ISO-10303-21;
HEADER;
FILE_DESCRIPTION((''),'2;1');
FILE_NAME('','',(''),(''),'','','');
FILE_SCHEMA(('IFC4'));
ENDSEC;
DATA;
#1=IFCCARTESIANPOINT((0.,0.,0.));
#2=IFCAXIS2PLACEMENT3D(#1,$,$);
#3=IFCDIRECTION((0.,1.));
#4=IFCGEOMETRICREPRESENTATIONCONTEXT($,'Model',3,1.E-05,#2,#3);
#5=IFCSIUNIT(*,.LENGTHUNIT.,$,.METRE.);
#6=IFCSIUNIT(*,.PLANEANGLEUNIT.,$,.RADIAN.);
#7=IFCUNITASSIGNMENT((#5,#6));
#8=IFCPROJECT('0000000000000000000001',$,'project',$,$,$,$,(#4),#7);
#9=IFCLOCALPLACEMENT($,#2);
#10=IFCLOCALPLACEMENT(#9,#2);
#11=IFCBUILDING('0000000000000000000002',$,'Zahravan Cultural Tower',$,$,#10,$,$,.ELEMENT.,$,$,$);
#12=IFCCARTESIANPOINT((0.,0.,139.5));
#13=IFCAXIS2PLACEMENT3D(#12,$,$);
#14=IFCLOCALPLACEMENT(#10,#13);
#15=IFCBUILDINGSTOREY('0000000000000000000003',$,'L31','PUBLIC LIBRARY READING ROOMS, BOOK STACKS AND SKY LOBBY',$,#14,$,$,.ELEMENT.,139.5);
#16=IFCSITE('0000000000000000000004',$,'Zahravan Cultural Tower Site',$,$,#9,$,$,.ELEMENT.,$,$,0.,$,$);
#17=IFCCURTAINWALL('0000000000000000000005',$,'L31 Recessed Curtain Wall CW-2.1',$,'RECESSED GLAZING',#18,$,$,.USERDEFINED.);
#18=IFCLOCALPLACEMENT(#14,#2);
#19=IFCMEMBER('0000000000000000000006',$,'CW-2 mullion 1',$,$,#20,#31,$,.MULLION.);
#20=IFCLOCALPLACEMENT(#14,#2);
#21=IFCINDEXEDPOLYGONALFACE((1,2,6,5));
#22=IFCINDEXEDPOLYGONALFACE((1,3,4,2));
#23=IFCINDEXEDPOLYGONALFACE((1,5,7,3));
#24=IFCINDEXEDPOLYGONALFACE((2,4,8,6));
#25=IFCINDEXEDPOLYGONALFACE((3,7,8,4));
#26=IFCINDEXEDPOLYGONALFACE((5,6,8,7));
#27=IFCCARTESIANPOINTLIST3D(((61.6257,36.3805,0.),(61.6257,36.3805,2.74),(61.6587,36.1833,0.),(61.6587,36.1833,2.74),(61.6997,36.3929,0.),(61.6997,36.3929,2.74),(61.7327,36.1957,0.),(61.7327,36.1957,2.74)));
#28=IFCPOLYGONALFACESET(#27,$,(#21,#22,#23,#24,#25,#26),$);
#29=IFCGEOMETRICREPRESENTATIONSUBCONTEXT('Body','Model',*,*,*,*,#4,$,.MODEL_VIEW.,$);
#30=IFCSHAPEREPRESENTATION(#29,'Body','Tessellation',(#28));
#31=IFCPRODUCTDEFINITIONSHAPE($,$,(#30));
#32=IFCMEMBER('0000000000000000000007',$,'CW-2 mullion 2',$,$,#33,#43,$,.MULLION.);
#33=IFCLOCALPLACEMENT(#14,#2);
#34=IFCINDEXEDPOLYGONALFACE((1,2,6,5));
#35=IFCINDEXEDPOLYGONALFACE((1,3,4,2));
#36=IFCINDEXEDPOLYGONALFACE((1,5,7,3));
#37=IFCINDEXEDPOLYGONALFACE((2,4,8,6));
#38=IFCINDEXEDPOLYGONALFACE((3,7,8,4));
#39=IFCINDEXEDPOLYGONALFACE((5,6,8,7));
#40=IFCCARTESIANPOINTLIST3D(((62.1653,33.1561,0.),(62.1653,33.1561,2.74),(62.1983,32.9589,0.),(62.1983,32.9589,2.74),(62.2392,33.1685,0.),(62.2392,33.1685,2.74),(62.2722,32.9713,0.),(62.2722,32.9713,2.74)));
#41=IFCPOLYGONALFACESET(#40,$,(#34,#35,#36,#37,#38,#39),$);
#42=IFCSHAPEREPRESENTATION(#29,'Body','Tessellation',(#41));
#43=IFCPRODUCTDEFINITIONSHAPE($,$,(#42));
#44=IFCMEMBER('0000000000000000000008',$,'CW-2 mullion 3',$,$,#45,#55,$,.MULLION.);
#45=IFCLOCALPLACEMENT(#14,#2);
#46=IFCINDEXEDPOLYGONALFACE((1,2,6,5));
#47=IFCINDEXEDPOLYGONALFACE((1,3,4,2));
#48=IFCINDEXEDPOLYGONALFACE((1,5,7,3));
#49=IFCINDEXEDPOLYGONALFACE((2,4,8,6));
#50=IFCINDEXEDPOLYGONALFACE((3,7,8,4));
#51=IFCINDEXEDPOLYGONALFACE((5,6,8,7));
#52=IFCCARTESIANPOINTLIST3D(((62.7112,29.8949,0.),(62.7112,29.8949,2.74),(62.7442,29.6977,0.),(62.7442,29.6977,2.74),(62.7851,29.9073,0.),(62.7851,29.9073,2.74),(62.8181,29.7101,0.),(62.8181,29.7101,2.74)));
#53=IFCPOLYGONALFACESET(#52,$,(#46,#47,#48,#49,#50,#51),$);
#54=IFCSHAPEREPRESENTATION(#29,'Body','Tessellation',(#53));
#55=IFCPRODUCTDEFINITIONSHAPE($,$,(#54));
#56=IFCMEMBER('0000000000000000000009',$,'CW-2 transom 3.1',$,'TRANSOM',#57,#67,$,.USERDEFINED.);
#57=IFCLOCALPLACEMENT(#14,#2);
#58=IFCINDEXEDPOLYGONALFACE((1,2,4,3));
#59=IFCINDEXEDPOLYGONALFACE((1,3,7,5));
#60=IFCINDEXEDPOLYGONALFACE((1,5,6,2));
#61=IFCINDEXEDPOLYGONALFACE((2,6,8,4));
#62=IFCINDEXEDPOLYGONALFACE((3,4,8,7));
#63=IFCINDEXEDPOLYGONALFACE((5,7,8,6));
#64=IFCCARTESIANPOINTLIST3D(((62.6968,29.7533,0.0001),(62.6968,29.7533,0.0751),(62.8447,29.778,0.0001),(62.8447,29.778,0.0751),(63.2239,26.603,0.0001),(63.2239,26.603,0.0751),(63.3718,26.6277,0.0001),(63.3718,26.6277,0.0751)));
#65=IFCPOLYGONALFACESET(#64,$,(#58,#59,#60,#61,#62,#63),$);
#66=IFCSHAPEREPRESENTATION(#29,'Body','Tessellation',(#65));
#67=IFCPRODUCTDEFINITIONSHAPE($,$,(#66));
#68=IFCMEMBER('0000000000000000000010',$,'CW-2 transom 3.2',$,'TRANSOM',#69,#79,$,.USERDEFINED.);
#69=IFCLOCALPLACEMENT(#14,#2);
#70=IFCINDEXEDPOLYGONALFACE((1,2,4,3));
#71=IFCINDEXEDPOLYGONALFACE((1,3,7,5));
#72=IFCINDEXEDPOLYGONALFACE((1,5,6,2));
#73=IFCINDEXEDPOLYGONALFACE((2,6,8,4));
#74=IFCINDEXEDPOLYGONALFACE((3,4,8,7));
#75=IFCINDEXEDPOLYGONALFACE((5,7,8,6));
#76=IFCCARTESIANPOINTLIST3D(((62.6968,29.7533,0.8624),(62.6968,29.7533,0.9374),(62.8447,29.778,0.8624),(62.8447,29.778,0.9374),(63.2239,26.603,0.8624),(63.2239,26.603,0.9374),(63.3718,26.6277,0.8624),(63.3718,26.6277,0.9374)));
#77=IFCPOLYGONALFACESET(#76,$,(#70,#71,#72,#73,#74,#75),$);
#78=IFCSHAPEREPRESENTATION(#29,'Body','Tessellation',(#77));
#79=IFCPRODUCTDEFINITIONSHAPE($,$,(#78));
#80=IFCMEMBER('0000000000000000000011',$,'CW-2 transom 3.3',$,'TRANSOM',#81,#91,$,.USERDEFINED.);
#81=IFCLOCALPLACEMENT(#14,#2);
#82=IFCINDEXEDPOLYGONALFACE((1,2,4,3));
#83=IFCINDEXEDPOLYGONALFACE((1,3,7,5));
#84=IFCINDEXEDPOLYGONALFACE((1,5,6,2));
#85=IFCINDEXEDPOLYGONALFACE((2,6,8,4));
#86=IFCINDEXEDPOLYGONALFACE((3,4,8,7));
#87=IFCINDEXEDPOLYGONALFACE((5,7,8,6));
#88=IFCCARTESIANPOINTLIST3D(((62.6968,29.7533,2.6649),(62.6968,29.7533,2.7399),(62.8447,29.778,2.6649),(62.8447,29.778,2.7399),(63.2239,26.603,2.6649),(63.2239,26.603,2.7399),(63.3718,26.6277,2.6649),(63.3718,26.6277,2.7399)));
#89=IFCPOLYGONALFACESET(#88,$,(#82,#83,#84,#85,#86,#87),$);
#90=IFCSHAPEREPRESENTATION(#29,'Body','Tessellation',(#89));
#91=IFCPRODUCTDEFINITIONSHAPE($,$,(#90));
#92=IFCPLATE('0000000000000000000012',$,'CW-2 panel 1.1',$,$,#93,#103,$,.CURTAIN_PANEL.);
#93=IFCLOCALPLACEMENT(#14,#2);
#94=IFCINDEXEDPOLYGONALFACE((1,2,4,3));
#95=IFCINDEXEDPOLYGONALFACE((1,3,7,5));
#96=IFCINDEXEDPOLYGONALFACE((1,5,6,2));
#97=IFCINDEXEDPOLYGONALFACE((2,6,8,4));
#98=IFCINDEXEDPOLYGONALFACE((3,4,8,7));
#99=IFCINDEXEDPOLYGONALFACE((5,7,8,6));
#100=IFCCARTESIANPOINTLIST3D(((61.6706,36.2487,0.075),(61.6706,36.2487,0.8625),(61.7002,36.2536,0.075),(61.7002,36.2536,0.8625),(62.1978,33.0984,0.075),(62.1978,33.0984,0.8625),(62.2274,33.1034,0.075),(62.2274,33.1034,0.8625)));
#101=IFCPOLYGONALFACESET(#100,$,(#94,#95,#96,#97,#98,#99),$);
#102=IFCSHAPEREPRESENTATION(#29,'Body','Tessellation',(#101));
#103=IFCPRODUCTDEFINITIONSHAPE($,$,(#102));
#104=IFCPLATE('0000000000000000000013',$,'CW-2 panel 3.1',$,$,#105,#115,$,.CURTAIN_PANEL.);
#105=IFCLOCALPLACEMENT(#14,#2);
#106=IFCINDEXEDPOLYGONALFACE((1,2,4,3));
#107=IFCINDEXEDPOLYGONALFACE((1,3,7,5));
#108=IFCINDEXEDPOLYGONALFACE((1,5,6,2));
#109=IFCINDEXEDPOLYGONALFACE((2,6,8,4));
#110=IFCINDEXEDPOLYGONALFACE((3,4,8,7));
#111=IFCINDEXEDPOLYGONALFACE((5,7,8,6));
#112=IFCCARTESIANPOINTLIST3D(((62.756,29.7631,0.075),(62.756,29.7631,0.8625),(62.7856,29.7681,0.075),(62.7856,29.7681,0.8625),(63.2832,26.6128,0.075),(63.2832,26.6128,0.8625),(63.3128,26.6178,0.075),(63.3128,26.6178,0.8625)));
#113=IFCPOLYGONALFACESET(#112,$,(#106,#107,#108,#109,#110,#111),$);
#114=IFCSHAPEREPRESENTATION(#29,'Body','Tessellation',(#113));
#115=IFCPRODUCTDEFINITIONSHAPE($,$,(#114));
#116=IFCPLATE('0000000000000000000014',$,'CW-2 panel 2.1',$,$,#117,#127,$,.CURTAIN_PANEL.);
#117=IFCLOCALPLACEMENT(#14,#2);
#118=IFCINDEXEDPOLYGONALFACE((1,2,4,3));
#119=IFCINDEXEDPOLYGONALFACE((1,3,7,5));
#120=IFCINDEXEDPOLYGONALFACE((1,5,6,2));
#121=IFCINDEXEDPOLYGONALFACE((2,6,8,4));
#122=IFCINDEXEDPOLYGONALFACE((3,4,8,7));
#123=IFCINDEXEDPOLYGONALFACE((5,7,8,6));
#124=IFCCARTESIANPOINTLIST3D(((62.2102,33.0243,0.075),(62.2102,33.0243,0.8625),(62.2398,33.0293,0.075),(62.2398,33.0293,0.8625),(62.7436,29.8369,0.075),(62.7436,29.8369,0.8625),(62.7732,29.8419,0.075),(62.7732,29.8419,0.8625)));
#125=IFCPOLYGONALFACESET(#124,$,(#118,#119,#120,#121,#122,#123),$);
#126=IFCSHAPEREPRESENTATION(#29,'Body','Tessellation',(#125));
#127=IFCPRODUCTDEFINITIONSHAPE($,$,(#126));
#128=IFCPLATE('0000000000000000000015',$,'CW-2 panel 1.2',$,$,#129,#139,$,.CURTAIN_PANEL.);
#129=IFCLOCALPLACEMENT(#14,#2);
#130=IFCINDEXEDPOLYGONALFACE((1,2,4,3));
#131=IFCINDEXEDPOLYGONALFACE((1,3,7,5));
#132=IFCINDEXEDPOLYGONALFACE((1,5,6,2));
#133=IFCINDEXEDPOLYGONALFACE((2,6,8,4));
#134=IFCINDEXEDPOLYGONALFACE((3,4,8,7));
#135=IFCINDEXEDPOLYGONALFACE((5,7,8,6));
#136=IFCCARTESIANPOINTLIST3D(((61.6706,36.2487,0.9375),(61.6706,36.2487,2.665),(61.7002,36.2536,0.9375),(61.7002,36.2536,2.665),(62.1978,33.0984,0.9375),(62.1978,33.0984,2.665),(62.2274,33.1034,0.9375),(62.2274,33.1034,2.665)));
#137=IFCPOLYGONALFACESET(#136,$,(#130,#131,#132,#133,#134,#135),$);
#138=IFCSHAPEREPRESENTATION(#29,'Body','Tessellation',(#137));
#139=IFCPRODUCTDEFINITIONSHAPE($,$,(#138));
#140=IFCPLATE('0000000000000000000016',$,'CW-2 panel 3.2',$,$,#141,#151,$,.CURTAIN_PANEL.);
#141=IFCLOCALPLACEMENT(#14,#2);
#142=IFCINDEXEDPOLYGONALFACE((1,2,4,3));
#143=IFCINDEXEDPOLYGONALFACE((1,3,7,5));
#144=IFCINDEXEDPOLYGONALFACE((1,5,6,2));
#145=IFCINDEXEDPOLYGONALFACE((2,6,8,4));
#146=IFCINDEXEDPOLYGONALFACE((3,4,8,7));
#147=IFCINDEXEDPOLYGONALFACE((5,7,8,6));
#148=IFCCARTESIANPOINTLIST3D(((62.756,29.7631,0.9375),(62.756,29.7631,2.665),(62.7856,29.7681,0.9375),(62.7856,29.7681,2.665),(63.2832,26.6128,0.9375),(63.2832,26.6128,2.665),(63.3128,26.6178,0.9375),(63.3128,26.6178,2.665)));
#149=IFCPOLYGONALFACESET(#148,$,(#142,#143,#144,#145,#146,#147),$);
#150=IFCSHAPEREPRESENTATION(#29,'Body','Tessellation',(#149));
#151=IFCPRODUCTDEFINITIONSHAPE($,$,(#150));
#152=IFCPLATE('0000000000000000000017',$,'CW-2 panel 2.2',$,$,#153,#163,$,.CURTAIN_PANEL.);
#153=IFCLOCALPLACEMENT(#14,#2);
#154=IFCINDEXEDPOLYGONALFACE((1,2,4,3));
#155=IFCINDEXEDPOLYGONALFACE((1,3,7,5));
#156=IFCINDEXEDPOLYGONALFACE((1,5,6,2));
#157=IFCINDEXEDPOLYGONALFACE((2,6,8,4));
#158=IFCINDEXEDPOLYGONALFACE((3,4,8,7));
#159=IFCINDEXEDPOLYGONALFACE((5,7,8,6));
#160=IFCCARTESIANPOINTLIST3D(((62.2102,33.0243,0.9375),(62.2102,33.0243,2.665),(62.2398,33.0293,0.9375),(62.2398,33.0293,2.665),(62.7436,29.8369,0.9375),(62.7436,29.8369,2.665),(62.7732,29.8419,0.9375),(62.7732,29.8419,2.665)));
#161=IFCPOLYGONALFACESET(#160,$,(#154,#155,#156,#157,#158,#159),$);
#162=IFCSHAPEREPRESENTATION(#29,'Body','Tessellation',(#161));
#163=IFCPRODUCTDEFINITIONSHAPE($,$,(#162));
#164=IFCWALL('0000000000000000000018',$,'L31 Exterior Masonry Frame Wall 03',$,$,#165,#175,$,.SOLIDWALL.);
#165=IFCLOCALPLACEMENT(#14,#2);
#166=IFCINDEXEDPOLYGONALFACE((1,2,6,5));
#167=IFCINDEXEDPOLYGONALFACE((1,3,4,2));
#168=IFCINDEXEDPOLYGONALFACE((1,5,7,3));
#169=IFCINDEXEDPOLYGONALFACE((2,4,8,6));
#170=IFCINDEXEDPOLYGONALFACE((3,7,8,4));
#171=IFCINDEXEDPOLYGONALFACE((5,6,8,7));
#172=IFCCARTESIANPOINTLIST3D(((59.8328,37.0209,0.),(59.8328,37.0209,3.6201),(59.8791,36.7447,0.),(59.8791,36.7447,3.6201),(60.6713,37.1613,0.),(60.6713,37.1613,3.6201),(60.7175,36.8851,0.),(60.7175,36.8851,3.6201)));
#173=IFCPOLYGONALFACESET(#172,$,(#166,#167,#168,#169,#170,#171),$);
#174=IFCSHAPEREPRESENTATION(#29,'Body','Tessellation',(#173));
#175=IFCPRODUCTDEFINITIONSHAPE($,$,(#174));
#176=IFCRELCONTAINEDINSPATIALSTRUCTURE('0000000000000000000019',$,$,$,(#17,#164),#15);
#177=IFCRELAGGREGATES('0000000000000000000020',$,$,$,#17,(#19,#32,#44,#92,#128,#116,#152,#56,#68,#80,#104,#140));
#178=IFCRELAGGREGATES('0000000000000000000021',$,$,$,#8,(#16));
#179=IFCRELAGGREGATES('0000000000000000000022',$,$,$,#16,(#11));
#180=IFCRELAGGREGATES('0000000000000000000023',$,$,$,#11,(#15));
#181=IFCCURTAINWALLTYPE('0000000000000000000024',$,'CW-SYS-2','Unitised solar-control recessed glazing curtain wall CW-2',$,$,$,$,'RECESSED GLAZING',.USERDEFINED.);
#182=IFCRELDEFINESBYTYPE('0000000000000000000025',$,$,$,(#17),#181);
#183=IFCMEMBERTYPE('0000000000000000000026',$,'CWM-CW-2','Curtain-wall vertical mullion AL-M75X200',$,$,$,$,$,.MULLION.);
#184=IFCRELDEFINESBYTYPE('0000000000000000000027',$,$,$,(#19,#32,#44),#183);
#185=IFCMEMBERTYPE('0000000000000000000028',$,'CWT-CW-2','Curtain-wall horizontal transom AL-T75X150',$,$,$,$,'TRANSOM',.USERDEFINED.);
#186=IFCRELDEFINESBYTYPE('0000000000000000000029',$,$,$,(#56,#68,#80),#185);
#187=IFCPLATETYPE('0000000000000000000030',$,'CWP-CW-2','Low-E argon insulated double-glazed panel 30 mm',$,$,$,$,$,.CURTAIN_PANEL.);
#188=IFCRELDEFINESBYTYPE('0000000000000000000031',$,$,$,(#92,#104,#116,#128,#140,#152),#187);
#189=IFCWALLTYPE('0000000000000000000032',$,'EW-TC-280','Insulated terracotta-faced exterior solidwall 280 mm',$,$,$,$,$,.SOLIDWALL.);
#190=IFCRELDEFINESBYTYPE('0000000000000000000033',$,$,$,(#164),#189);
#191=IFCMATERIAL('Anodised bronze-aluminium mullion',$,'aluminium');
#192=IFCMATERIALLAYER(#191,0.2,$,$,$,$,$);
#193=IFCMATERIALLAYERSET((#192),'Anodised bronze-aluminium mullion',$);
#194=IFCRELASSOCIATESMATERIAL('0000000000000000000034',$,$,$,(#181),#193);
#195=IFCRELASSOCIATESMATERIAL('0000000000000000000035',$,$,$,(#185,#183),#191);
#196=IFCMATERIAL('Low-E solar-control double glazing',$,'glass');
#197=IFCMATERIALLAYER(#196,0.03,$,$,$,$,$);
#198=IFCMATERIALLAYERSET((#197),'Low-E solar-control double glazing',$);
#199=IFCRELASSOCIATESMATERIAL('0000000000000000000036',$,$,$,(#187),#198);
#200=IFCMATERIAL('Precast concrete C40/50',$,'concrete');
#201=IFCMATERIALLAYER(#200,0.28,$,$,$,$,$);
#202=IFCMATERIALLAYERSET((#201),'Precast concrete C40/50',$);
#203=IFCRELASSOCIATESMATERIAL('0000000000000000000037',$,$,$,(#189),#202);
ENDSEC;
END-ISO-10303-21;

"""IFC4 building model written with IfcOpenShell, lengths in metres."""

from ifc_helpers import new_model, si_unit, direction, frame, frame_2d, origin, origin_2d, place, context, subcontext, project, spatial, rectangle, extrude, source, transform, mapped, material, layer, layer_set, material_profile, profile_set, type_object, element, aggregate, save


model = new_model("IFC4")

# Units and contexts
model_context = context("Model", 3, precision=1e-05, world=origin(), true_north=direction((0.0, 1.0)))
body_context = subcontext(model_context, "Body", "Model", "MODEL_VIEW")
ifc_project = project(units=[si_unit("LENGTHUNIT", "METRE"), si_unit("PLANEANGLEUNIT", "RADIAN")], contexts=[model_context])

# Site, building, storey
site_placement = place(None, origin())
site = spatial("IfcSite", under=ifc_project, at=site_placement, Name="Zahravan Cultural Tower Site", CompositionType="ELEMENT", RefElevation=0.0)
building_placement = place(site_placement, origin())
building = spatial("IfcBuilding", under=site, at=building_placement, Name="Zahravan Cultural Tower", CompositionType="ELEMENT")
storey_placement = place(building_placement, frame((0.0, 0.0, 139.5)))
storey = spatial("IfcBuildingStorey", under=building, at=storey_placement, Name="L31", Description="PUBLIC LIBRARY READING ROOMS, BOOK STACKS AND SKY LOBBY", CompositionType="ELEMENT", Elevation=139.5)

# Curtain wall, members, plates
ifc_material_1 = material(Name="Anodised bronze-aluminium mullion", Category="aluminium")
ifc_layer_1 = layer(ifc_material_1, 0.2)
ifc_layer_set_1 = layer_set([ifc_layer_1], Name="Anodised bronze-aluminium mullion")
curtain_wall_type = type_object("IfcCurtainWallType", Name="CW-SYS-2", Description="Unitised solar-control recessed glazing curtain wall CW-2", ElementType="RECESSED GLAZING", PredefinedType="USERDEFINED", material=ifc_layer_set_1)
curtain_wall_placement = place(storey_placement, origin())
curtain_wall = element("IfcCurtainWall", 1, at=curtain_wall_placement, inside=storey, type_object=curtain_wall_type, Name="L31 Recessed Curtain Wall CW-2.1", ObjectType="RECESSED GLAZING", PredefinedType="USERDEFINED")
ifc_material_profile_1 = material_profile(ifc_material_1, rectangle(XDim=0.1499, YDim=0.075, at=origin_2d()), Name="AL-T75X150")
ifc_profile_set_1 = profile_set([ifc_material_profile_1], Name="Anodised bronze-aluminium mullion")
member_type_1 = type_object("IfcMemberType", Name="CWT-CW-2", Description="Curtain-wall horizontal transom AL-T75X150", ElementType="TRANSOM", PredefinedType="USERDEFINED", material=ifc_profile_set_1)
ifc_material_profile_2 = material_profile(ifc_material_1, rectangle(XDim=0.075, YDim=0.2, at=origin_2d()), Name="AL-M75X200")
ifc_profile_set_2 = profile_set([ifc_material_profile_2], Name="Anodised bronze-aluminium mullion")
member_type_2 = type_object("IfcMemberType", Name="CWM-CW-2", Description="Curtain-wall vertical mullion AL-M75X200", PredefinedType="MULLION", material=ifc_profile_set_2)
shared_shape_1 = source(origin(), body_context, "Body", "SweptSolid", [
    extrude(rectangle(XDim=0.075, YDim=0.2, at=origin_2d()), origin(), (0.0, 0.0, 1.0), 2.74),
])
member_1_placement = place(storey_placement, frame((61.6792, 36.2881, 0.0), z_axis=(0.0, 0.0, 1.0), x_axis=(0.986285, 0.165051, 0.0)))
member_1 = element("IfcMember", 2, at=member_1_placement, type_object=member_type_2, Name="CW-2 mullion 1", PredefinedType="MULLION", context=body_context, shape_type="MappedRepresentation", body=[
    mapped(shared_shape_1, transform((0.0, 0.0, 0.0), x_axis=(1.0, 0.0, 0.0), y_axis=(0.0, 1.0, 0.0), z_axis=(0.0, 0.0, 1.0), scale=1.0)),
])
member_2_placement = place(storey_placement, frame((62.2188, 33.0637, 0.0), z_axis=(0.0, 0.0, 1.0), x_axis=(0.986285, 0.165051, 0.0)))
member_2 = element("IfcMember", 3, at=member_2_placement, type_object=member_type_2, Name="CW-2 mullion 2", PredefinedType="MULLION", context=body_context, shape_type="MappedRepresentation", body=[
    mapped(shared_shape_1, transform((0.0, 0.0, 0.0), x_axis=(1.0, 0.0, 0.0), y_axis=(0.0, 1.0, 0.0), z_axis=(0.0, 0.0, 1.0), scale=1.0)),
])
member_3_placement = place(storey_placement, frame((62.7646, 29.8025, 0.0), z_axis=(0.0, 0.0, 1.0), x_axis=(0.986285, 0.165051, 0.0)))
member_3 = element("IfcMember", 4, at=member_3_placement, type_object=member_type_2, Name="CW-2 mullion 3", PredefinedType="MULLION", context=body_context, shape_type="MappedRepresentation", body=[
    mapped(shared_shape_1, transform((0.0, 0.0, 0.0), x_axis=(1.0, 0.0, 0.0), y_axis=(0.0, 1.0, 0.0), z_axis=(0.0, 0.0, 1.0), scale=1.0)),
])
shared_shape_2 = source(origin(), body_context, "Body", "SweptSolid", [
    extrude(rectangle(XDim=0.1499, YDim=0.075, at=origin_2d()), origin(), (0.0, 0.0, 1.0), 3.1941),
])
member_4_placement = place(storey_placement, frame((62.7708, 29.7656, 0.0376), z_axis=(0.165019, -0.98629, 0.0), x_axis=(0.98629, 0.165019, 0.0)))
member_4 = element("IfcMember", 5, at=member_4_placement, type_object=member_type_1, Name="CW-2 transom 3.1", ObjectType="TRANSOM", PredefinedType="USERDEFINED", context=body_context, shape_type="MappedRepresentation", body=[
    mapped(shared_shape_2, transform((0.0, 0.0, 0.0), x_axis=(1.0, 0.0, 0.0), y_axis=(0.0, 1.0, 0.0), z_axis=(0.0, 0.0, 1.0), scale=1.0)),
])
member_5_placement = place(storey_placement, frame((62.7708, 29.7656, 0.8999), z_axis=(0.165019, -0.98629, 0.0), x_axis=(0.98629, 0.165019, 0.0)))
member_5 = element("IfcMember", 6, at=member_5_placement, type_object=member_type_1, Name="CW-2 transom 3.2", ObjectType="TRANSOM", PredefinedType="USERDEFINED", context=body_context, shape_type="MappedRepresentation", body=[
    mapped(shared_shape_2, transform((0.0, 0.0, 0.0), x_axis=(1.0, 0.0, 0.0), y_axis=(0.0, 1.0, 0.0), z_axis=(0.0, 0.0, 1.0), scale=1.0)),
])
member_6_placement = place(storey_placement, frame((62.7708, 29.7656, 2.7024), z_axis=(0.165019, -0.98629, 0.0), x_axis=(0.98629, 0.165019, 0.0)))
member_6 = element("IfcMember", 7, at=member_6_placement, type_object=member_type_1, Name="CW-2 transom 3.3", ObjectType="TRANSOM", PredefinedType="USERDEFINED", context=body_context, shape_type="MappedRepresentation", body=[
    mapped(shared_shape_2, transform((0.0, 0.0, 0.0), x_axis=(1.0, 0.0, 0.0), y_axis=(0.0, 1.0, 0.0), z_axis=(0.0, 0.0, 1.0), scale=1.0)),
])
ifc_material_2 = material(Name="Low-E solar-control double glazing", Category="glass")
ifc_layer_2 = layer(ifc_material_2, 0.03)
ifc_layer_set_2 = layer_set([ifc_layer_2], Name="Low-E solar-control double glazing")
plate_type = type_object("IfcPlateType", Name="CWP-CW-2", Description="Low-E argon insulated double-glazed panel 30 mm", PredefinedType="CURTAIN_PANEL", material=ifc_layer_set_2)
shared_shape_3 = source(origin(), body_context, "Body", "SweptSolid", [
    extrude(rectangle(XDim=3.1941, YDim=0.03, at=origin_2d()), origin(), (0.0, 0.0, 1.0), 0.7876),
])
plate_1_placement = place(storey_placement, frame((61.949, 34.676, 0.075), z_axis=(0.0, 0.0, 1.0), x_axis=(0.165051, -0.986285, 0.0)))
plate_1 = element("IfcPlate", 8, at=plate_1_placement, type_object=plate_type, Name="CW-2 panel 1.1", PredefinedType="CURTAIN_PANEL", context=body_context, shape_type="MappedRepresentation", body=[
    mapped(shared_shape_3, transform((0.0, 0.0, 0.0), x_axis=(1.0, 0.0, 0.0), y_axis=(0.0, 1.0, 0.0), z_axis=(0.0, 0.0, 1.0), scale=1.0)),
])
plate_2_placement = place(storey_placement, frame((63.0344, 28.1904, 0.075), z_axis=(0.0, 0.0, 1.0), x_axis=(0.165051, -0.986285, 0.0)))
plate_2 = element("IfcPlate", 9, at=plate_2_placement, type_object=plate_type, Name="CW-2 panel 3.1", PredefinedType="CURTAIN_PANEL", context=body_context, shape_type="MappedRepresentation", body=[
    mapped(shared_shape_3, transform((0.0, 0.0, 0.0), x_axis=(1.0, 0.0, 0.0), y_axis=(0.0, 1.0, 0.0), z_axis=(0.0, 0.0, 1.0), scale=1.0)),
])
shared_shape_4 = source(origin(), body_context, "Body", "SweptSolid", [
    extrude(rectangle(XDim=3.2317, YDim=0.03, at=origin_2d()), origin(), (0.0, 0.0, 1.0), 0.7876),
])
plate_3_placement = place(storey_placement, frame((62.4917, 31.4331, 0.075), z_axis=(0.0, 0.0, 1.0), x_axis=(0.165051, -0.986285, 0.0)))
plate_3 = element("IfcPlate", 10, at=plate_3_placement, type_object=plate_type, Name="CW-2 panel 2.1", PredefinedType="CURTAIN_PANEL", context=body_context, shape_type="MappedRepresentation", body=[
    mapped(shared_shape_4, transform((0.0, 0.0, 0.0), x_axis=(1.0, 0.0, 0.0), y_axis=(0.0, 1.0, 0.0), z_axis=(0.0, 0.0, 1.0), scale=1.0)),
])
shared_shape_5 = source(origin(), body_context, "Body", "SweptSolid", [
    extrude(rectangle(XDim=3.1941, YDim=0.03, at=origin_2d()), origin(), (0.0, 0.0, 1.0), 1.7275),
])
plate_4_placement = place(storey_placement, frame((61.949, 34.676, 0.9375), z_axis=(0.0, 0.0, 1.0), x_axis=(0.165051, -0.986285, 0.0)))
plate_4 = element("IfcPlate", 11, at=plate_4_placement, type_object=plate_type, Name="CW-2 panel 1.2", PredefinedType="CURTAIN_PANEL", context=body_context, shape_type="MappedRepresentation", body=[
    mapped(shared_shape_5, transform((0.0, 0.0, 0.0), x_axis=(1.0, 0.0, 0.0), y_axis=(0.0, 1.0, 0.0), z_axis=(0.0, 0.0, 1.0), scale=1.0)),
])
plate_5_placement = place(storey_placement, frame((63.0344, 28.1904, 0.9375), z_axis=(0.0, 0.0, 1.0), x_axis=(0.165051, -0.986285, 0.0)))
plate_5 = element("IfcPlate", 12, at=plate_5_placement, type_object=plate_type, Name="CW-2 panel 3.2", PredefinedType="CURTAIN_PANEL", context=body_context, shape_type="MappedRepresentation", body=[
    mapped(shared_shape_5, transform((0.0, 0.0, 0.0), x_axis=(1.0, 0.0, 0.0), y_axis=(0.0, 1.0, 0.0), z_axis=(0.0, 0.0, 1.0), scale=1.0)),
])
shared_shape_6 = source(origin(), body_context, "Body", "SweptSolid", [
    extrude(rectangle(XDim=3.2317, YDim=0.03, at=origin_2d()), origin(), (0.0, 0.0, 1.0), 1.7275),
])
plate_6_placement = place(storey_placement, frame((62.4917, 31.4331, 0.9375), z_axis=(0.0, 0.0, 1.0), x_axis=(0.165051, -0.986285, 0.0)))
plate_6 = element("IfcPlate", 13, at=plate_6_placement, type_object=plate_type, Name="CW-2 panel 2.2", PredefinedType="CURTAIN_PANEL", context=body_context, shape_type="MappedRepresentation", body=[
    mapped(shared_shape_6, transform((0.0, 0.0, 0.0), x_axis=(1.0, 0.0, 0.0), y_axis=(0.0, 1.0, 0.0), z_axis=(0.0, 0.0, 1.0), scale=1.0)),
])
aggregate(curtain_wall, [member_1, member_2, member_3, plate_1, plate_4, plate_3, plate_6, member_4, member_5, member_6, plate_2, plate_5])

# Wall
ifc_material_3 = material(Name="Precast concrete C40/50", Category="concrete")
ifc_layer_3 = layer(ifc_material_3, 0.28)
ifc_layer_set_3 = layer_set([ifc_layer_3], Name="Precast concrete C40/50")
wall_type_1 = type_object("IfcWallType", Name="EW-TC-280", Description="Insulated terracotta-faced exterior solidwall 280 mm", PredefinedType="SOLIDWALL", material=ifc_layer_set_3)
shared_shape_7 = source(origin(), body_context, "Body", "SweptSolid", [
    extrude(rectangle(XDim=0.8501, YDim=0.28, at=frame_2d((0.425, 0.0))), origin(), (0.0, 0.0, 1.0), 3.6201),
])
for number, where, z_axis, x_axis, name in (
    (14, (59.856, 36.8828, 0.0), (0.0, 0.0, 1.0), (0.986269, 0.165144, 0.0), "L31 Exterior Masonry Frame Wall 03"),
):
    element("IfcWall", number, at=place(storey_placement, frame(where, z_axis=z_axis, x_axis=x_axis)), inside=storey, type_object=wall_type_1, Name=name, PredefinedType="SOLIDWALL", context=body_context, shape_type="MappedRepresentation", body=[
        mapped(shared_shape_7, transform((0.0, 0.0, 0.0), x_axis=(1.0, 0.0, 0.0), y_axis=(0.0, 1.0, 0.0), z_axis=(0.0, 0.0, 1.0), scale=1.0)),
    ])

save(model, "model.ifc")
